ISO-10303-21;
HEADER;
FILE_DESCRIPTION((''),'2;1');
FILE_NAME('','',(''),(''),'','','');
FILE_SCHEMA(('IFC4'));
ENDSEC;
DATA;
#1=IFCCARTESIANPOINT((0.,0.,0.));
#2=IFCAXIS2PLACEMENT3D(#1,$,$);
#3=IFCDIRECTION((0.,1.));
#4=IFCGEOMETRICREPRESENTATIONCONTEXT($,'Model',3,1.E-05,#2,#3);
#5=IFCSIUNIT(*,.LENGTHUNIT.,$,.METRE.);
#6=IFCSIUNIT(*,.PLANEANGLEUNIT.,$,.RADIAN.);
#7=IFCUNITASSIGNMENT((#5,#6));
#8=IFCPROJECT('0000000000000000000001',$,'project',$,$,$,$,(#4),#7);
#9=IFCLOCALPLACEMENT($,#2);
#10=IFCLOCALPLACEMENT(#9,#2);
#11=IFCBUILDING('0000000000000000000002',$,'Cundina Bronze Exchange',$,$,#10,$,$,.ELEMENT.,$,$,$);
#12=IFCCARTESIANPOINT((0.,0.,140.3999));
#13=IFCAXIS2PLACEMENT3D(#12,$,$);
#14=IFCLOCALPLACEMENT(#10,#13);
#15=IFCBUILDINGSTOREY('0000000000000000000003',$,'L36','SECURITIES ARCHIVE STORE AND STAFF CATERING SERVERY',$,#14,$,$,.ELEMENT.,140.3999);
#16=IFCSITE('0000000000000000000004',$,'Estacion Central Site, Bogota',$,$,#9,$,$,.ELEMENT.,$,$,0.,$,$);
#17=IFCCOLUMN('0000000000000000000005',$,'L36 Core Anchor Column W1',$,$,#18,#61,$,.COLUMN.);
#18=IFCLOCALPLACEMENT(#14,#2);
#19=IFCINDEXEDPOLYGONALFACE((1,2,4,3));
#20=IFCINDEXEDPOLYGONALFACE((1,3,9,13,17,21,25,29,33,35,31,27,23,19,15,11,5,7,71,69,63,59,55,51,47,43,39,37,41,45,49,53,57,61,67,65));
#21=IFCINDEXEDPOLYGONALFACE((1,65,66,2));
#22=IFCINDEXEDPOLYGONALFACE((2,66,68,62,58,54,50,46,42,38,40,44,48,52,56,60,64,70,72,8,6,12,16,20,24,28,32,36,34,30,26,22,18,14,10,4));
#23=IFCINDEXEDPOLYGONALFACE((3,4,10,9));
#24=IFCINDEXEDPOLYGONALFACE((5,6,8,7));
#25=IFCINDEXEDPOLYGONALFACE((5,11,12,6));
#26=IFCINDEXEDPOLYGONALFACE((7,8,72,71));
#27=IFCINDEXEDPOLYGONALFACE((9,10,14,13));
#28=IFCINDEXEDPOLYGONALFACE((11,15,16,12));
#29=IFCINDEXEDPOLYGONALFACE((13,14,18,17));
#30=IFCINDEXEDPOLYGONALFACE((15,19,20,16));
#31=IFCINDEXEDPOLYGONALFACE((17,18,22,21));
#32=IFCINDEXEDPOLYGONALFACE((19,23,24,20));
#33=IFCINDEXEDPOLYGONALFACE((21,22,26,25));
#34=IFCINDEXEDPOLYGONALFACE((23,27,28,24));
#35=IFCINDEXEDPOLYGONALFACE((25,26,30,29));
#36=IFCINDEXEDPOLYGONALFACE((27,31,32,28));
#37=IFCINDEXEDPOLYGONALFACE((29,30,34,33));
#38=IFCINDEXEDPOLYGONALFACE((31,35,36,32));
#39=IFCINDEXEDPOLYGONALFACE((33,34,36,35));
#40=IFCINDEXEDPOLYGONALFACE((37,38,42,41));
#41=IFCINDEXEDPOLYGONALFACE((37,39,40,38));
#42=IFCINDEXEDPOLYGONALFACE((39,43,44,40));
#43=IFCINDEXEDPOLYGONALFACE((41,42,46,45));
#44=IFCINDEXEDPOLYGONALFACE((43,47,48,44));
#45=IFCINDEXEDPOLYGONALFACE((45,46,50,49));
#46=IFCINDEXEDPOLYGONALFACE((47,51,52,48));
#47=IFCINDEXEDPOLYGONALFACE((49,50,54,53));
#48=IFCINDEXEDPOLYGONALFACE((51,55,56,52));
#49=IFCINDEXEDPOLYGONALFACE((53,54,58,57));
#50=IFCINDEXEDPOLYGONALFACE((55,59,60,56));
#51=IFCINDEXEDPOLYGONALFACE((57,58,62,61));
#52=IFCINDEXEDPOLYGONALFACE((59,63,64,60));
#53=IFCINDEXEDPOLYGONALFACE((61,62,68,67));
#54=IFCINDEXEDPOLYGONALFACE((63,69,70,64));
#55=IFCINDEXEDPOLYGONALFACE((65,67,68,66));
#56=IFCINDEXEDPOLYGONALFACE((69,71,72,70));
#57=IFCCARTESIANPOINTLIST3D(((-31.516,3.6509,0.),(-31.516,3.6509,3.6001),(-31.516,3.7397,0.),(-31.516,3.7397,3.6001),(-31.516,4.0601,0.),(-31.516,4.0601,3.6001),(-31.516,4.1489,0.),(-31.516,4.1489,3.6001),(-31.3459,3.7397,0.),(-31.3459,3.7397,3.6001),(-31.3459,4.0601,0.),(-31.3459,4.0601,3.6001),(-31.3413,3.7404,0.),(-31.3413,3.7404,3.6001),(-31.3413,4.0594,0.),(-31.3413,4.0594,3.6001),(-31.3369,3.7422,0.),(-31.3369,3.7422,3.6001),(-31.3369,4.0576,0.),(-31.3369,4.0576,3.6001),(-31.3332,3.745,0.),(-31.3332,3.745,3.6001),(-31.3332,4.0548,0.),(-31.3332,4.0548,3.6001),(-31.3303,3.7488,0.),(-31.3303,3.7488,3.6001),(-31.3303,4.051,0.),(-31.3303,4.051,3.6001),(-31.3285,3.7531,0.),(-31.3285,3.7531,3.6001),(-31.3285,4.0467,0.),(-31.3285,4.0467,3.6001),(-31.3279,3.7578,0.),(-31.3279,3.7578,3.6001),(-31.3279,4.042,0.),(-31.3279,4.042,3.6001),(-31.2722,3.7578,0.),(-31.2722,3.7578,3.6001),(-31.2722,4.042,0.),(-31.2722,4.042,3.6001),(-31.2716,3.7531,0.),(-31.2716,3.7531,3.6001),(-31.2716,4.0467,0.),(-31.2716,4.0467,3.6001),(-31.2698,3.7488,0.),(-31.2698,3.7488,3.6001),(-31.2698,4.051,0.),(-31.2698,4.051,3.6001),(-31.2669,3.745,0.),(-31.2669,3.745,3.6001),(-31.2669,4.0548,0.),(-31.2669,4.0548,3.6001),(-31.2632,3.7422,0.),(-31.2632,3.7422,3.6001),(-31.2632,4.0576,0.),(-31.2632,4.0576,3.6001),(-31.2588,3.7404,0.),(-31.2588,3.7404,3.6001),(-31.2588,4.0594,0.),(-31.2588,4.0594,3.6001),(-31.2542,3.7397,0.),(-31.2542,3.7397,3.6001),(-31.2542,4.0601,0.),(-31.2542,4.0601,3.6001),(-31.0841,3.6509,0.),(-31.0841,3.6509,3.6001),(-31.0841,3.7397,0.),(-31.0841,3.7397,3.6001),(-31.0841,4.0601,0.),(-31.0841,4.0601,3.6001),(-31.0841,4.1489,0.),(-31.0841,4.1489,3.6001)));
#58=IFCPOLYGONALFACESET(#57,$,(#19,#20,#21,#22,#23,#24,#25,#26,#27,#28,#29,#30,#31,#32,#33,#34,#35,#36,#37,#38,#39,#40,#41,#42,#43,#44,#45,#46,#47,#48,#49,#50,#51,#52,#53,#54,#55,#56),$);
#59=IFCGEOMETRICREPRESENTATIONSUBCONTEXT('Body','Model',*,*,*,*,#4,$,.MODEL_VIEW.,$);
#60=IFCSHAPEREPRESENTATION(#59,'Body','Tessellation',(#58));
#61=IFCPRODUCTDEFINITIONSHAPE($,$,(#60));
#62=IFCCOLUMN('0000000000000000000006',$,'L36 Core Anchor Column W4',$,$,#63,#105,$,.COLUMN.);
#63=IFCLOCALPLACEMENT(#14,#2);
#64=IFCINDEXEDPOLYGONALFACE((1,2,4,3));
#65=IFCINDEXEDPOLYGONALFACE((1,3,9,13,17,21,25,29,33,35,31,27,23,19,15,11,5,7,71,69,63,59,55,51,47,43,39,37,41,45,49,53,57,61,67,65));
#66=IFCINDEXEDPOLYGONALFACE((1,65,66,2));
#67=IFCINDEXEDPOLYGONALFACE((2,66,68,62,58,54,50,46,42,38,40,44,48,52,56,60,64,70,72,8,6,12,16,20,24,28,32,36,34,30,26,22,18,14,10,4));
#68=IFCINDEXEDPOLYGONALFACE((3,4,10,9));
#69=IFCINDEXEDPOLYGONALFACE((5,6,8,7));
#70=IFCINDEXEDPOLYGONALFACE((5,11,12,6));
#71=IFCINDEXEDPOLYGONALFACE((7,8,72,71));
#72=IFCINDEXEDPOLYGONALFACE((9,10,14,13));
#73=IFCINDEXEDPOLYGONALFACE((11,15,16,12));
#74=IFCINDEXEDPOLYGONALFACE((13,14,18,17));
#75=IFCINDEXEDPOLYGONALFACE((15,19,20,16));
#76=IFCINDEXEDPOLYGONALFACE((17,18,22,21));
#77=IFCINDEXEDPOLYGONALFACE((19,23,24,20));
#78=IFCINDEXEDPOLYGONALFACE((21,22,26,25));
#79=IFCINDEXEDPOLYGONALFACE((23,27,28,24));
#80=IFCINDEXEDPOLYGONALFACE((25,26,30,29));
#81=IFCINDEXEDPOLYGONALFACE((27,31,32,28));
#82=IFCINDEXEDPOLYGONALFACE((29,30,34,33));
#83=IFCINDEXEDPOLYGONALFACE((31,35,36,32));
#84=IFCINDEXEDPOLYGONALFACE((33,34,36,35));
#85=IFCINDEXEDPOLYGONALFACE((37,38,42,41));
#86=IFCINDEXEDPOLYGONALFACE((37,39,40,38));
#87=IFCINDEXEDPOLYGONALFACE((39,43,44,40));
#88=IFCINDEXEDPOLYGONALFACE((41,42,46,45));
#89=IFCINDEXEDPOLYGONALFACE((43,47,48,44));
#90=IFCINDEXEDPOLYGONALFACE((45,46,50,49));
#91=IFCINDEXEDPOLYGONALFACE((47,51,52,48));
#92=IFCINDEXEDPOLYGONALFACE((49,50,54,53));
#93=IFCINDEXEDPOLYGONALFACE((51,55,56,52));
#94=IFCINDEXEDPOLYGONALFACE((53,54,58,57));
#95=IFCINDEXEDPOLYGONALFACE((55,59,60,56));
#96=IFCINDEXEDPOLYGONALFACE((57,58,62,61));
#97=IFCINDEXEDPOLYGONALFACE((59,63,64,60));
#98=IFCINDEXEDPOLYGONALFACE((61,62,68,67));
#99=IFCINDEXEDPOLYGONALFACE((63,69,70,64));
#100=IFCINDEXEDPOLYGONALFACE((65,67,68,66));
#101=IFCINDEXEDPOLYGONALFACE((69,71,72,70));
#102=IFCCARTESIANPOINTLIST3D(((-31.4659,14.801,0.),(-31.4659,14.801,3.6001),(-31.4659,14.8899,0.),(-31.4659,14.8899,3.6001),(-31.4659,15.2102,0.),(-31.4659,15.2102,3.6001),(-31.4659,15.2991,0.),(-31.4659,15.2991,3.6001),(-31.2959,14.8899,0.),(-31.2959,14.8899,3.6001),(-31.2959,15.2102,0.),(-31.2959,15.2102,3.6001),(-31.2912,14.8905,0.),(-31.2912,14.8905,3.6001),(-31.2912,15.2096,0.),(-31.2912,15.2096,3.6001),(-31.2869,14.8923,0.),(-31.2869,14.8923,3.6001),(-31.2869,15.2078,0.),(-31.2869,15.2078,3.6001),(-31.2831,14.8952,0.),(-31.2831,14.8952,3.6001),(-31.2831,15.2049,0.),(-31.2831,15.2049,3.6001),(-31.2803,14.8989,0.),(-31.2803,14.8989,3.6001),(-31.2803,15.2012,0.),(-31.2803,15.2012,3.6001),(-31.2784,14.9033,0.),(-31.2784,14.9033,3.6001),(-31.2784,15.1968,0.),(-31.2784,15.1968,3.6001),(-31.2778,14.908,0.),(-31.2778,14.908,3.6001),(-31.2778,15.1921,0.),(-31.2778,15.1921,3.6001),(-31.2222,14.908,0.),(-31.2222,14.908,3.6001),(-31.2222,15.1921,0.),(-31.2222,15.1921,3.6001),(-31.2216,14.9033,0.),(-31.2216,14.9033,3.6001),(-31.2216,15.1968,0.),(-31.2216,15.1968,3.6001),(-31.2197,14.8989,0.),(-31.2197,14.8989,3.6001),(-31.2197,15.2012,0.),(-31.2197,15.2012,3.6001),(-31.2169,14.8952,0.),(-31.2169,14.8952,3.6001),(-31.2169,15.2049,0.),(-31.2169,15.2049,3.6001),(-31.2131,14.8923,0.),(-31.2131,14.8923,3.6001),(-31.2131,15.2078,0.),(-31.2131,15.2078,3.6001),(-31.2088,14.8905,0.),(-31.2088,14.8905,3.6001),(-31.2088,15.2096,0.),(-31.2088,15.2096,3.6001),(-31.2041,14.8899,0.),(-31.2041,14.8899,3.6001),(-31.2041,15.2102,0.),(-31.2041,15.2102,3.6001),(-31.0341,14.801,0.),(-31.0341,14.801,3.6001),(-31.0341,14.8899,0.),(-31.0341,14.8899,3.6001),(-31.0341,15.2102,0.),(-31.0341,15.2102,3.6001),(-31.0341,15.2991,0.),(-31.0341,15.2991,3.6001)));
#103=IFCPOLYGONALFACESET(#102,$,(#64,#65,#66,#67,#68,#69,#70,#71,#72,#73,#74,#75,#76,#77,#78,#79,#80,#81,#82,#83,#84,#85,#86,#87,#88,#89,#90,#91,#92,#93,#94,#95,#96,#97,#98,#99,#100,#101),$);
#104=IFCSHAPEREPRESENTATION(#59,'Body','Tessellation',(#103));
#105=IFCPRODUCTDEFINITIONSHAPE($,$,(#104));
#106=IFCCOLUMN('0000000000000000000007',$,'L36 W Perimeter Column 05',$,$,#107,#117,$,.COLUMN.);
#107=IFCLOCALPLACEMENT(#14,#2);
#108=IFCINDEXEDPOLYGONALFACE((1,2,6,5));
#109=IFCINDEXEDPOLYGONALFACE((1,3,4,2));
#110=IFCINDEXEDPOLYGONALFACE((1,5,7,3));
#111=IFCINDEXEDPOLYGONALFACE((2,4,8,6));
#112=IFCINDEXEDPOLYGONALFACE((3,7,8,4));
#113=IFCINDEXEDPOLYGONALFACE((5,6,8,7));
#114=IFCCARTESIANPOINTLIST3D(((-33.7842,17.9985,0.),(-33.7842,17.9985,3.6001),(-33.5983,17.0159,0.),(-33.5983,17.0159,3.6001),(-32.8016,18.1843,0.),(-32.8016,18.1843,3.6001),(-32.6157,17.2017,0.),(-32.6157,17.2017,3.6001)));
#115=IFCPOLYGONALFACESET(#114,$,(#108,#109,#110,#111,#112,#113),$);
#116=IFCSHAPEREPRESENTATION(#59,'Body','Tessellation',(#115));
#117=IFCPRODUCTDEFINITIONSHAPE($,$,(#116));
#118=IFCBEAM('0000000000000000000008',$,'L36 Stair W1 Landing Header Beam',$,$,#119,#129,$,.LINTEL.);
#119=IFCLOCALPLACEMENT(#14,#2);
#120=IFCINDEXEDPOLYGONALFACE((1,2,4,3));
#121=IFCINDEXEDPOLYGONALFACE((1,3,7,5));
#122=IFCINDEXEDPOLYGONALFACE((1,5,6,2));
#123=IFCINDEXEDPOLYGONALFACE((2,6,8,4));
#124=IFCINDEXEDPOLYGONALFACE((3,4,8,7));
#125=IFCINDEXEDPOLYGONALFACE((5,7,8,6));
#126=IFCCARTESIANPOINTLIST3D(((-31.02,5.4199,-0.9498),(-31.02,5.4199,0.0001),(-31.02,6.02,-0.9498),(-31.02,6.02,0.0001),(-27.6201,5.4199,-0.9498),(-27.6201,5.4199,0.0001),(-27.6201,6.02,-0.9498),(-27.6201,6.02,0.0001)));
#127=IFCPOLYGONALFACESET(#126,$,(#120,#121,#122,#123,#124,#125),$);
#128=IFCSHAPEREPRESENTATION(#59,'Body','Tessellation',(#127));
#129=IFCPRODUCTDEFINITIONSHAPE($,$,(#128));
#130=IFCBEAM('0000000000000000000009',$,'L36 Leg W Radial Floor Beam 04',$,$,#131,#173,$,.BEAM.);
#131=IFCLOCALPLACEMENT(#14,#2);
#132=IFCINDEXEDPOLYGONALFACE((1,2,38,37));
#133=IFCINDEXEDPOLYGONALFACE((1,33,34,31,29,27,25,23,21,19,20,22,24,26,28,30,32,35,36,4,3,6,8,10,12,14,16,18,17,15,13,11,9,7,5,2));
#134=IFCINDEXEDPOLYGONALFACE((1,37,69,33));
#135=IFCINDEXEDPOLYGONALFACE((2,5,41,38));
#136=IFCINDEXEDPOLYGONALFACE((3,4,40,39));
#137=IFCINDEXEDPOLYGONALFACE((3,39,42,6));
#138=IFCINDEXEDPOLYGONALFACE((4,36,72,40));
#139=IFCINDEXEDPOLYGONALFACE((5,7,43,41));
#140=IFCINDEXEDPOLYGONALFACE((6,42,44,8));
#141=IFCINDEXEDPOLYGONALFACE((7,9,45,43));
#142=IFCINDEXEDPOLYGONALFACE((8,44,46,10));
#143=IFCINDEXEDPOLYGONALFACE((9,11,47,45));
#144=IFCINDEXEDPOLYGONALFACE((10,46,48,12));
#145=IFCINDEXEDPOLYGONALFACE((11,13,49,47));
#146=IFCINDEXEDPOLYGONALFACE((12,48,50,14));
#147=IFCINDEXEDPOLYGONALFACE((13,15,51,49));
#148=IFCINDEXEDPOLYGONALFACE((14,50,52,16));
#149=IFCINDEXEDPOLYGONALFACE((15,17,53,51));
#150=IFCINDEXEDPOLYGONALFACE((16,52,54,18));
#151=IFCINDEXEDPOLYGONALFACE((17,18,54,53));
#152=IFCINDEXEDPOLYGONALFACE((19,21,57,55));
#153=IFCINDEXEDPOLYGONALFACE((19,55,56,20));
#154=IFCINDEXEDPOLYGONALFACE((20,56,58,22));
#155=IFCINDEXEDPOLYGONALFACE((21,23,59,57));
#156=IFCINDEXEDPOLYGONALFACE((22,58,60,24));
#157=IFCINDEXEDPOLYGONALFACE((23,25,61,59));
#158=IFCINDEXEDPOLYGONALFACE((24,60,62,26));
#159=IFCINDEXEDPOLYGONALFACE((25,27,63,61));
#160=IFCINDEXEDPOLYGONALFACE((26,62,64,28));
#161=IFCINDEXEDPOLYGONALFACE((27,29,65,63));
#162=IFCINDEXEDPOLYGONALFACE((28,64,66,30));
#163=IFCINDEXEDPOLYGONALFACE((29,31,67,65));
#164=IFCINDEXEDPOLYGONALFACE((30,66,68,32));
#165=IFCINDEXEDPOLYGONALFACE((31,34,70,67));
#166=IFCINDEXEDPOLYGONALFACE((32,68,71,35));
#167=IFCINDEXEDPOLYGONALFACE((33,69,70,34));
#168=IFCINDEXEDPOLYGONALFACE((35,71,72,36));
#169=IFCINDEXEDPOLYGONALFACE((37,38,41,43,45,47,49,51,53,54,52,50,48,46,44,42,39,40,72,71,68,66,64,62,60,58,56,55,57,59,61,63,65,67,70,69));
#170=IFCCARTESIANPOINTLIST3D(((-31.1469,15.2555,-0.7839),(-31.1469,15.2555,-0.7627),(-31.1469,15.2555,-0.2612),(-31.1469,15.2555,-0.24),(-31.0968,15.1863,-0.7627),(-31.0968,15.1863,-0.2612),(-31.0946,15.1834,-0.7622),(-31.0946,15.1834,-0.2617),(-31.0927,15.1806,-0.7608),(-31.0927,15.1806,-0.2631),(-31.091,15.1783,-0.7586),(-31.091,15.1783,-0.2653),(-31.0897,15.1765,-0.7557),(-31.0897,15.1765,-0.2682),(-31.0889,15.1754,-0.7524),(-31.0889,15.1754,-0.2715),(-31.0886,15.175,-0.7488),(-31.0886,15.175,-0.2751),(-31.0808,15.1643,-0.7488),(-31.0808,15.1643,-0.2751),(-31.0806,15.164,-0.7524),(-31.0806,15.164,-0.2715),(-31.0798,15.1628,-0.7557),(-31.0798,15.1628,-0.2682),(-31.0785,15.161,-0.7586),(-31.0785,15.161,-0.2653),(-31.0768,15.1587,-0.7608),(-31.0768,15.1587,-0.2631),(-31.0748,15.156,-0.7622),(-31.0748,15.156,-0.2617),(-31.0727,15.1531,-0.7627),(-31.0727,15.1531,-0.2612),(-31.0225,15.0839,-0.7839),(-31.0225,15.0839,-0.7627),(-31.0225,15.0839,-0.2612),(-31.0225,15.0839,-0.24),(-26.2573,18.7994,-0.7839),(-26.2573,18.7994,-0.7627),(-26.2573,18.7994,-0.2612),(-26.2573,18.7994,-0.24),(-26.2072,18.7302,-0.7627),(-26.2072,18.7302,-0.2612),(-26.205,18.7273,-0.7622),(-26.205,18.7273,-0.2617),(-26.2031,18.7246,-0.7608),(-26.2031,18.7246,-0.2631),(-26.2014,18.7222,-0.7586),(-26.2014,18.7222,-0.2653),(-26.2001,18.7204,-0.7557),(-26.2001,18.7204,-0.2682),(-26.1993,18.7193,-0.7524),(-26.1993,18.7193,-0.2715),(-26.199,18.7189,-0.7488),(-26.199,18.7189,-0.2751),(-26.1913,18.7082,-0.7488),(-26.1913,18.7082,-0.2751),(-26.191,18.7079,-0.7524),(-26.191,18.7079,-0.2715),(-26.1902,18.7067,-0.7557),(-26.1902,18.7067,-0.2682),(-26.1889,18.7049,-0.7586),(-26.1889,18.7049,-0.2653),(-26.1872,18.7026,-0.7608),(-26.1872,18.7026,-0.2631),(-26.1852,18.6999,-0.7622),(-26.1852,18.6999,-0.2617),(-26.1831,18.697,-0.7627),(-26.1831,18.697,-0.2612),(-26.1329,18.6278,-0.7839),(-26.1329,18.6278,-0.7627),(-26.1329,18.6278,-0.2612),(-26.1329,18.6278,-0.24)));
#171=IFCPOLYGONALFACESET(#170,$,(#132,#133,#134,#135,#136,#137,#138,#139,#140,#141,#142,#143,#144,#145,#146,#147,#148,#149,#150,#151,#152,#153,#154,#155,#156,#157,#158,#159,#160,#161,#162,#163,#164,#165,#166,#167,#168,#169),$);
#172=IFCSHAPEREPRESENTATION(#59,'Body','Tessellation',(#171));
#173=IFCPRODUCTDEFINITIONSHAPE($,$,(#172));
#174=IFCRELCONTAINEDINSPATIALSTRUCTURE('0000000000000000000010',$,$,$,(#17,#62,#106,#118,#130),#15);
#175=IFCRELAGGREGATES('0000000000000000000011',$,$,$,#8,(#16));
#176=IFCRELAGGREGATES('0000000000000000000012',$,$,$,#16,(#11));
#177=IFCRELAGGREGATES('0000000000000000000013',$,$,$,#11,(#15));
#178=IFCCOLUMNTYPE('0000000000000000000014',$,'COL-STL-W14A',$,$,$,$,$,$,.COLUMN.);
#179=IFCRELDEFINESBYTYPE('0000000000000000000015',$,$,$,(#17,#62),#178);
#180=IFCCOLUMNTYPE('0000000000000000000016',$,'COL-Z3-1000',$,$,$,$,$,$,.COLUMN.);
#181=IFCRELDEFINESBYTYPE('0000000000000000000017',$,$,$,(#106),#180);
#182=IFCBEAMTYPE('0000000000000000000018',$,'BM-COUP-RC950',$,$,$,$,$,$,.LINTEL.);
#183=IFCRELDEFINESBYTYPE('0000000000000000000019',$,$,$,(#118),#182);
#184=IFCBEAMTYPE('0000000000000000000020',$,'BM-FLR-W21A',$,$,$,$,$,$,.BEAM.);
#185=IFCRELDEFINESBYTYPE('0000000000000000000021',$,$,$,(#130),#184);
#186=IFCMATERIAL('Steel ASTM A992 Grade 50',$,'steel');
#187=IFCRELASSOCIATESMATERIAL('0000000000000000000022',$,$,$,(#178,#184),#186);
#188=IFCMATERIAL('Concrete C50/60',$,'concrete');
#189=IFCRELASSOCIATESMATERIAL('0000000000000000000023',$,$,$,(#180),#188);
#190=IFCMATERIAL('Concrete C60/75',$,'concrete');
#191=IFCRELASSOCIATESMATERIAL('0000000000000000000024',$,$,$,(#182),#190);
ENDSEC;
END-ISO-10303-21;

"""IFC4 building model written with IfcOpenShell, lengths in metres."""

from ifc_helpers import new_model, si_unit, direction, frame, origin, origin_2d, place, context, subcontext, project, spatial, rectangle, i_section, extrude, material, material_profile, profile_set, type_object, element, save


model = new_model("IFC4")

# Units and contexts
model_context = context("Model", 3, precision=1e-05, world=origin(), true_north=direction((0.0, 1.0)))
body_context = subcontext(model_context, "Body", "Model", "MODEL_VIEW")
ifc_project = project(units=[si_unit("LENGTHUNIT", "METRE"), si_unit("PLANEANGLEUNIT", "RADIAN")], contexts=[model_context])

# Site, building, storey
site_placement = place(None, origin())
site = spatial("IfcSite", under=ifc_project, at=site_placement, Name="Estacion Central Site, Bogota", CompositionType="ELEMENT", RefElevation=0.0)
building_placement = place(site_placement, origin())
building = spatial("IfcBuilding", under=site, at=building_placement, Name="Cundina Bronze Exchange", CompositionType="ELEMENT")
storey_placement = place(building_placement, frame((0.0, 0.0, 140.3999)))
storey = spatial("IfcBuildingStorey", under=building, at=storey_placement, Name="L36", Description="SECURITIES ARCHIVE STORE AND STAFF CATERING SERVERY", CompositionType="ELEMENT", Elevation=140.3999)

# Columns
ifc_material_1 = material(Name="Steel ASTM A992 Grade 50", Category="steel")
ifc_material_profile_1 = material_profile(ifc_material_1, i_section(OverallWidth=0.4319, OverallDepth=0.498, WebThickness=0.0557, FlangeThickness=0.0889, FilletRadius=0.0181, at=origin_2d()), Name="W14X500", Category="steel")
ifc_profile_set_1 = profile_set([ifc_material_profile_1], Name="Steel ASTM A992 Grade 50")
column_type_1 = type_object("IfcColumnType", Name="COL-STL-W14A", PredefinedType="COLUMN", material=ifc_profile_set_1)
for number, where, z_axis, x_axis, name in (
    (1, (-31.3, 3.8999, 0.0), (0.0, 0.0, 1.0), (1.0, 0.0, 0.0), "L36 Core Anchor Column W1"),
    (2, (-31.25, 15.05, 0.0), (0.0, 0.0, 1.0), (1.0, 0.0, 0.0), "L36 Core Anchor Column W4"),
):
    element("IfcColumn", number, at=place(storey_placement, frame(where, z_axis=z_axis, x_axis=x_axis)), inside=storey, type_object=column_type_1, Name=name, PredefinedType="COLUMN", context=body_context, shape_type="SweptSolid", body=[
        extrude(i_section(OverallWidth=0.4319, OverallDepth=0.498, WebThickness=0.0557, FlangeThickness=0.0889, FilletRadius=0.0181, at=origin_2d()), origin(), (0.0, 0.0, 1.0), 3.6001),
    ])
ifc_material_2 = material(Name="Concrete C50/60", Category="concrete")
ifc_material_profile_2 = material_profile(ifc_material_2, rectangle(XDim=1.0, YDim=1.0, at=origin_2d()), Name="RC1000X1000", Category="concrete")
ifc_profile_set_2 = profile_set([ifc_material_profile_2], Name="Concrete C50/60")
column_type_2 = type_object("IfcColumnType", Name="COL-Z3-1000", PredefinedType="COLUMN", material=ifc_profile_set_2)
column_placement = place(storey_placement, frame((-33.2, 17.6001, 0.0), z_axis=(0.0, 0.0, 1.0), x_axis=(-0.98258, -0.185838, 0.0)))
element("IfcColumn", 3, at=column_placement, inside=storey, type_object=column_type_2, Name="L36 W Perimeter Column 05", PredefinedType="COLUMN", context=body_context, shape_type="SweptSolid", body=[
    extrude(rectangle(XDim=1.0, YDim=1.0, at=origin_2d()), origin(), (0.0, 0.0, 1.0), 3.6001),
])

# Beams
ifc_material_3 = material(Name="Concrete C60/75", Category="concrete")
ifc_material_profile_3 = material_profile(ifc_material_3, rectangle(XDim=0.6001, YDim=0.95, at=origin_2d()), Name="RC600X950", Category="concrete")
ifc_profile_set_3 = profile_set([ifc_material_profile_3], Name="Concrete C60/75")
beam_type_1 = type_object("IfcBeamType", Name="BM-COUP-RC950", PredefinedType="LINTEL", material=ifc_profile_set_3)
beam_1_placement = place(storey_placement, frame((-31.02, 5.72, -0.4749), z_axis=(1.0, 0.0, 0.0), x_axis=(0.0, 1.0, 0.0)))
element("IfcBeam", 4, at=beam_1_placement, inside=storey, type_object=beam_type_1, Name="L36 Stair W1 Landing Header Beam", PredefinedType="LINTEL", context=body_context, shape_type="SweptSolid", body=[
    extrude(rectangle(XDim=0.6001, YDim=0.95, at=origin_2d()), origin(), (0.0, 0.0, 1.0), 3.3999),
])
ifc_material_profile_4 = material_profile(ifc_material_1, i_section(OverallWidth=0.2119, OverallDepth=0.5439, WebThickness=0.0132, FlangeThickness=0.0212, FilletRadius=0.0139, at=origin_2d()), Name="W21X83", Category="steel")
ifc_profile_set_4 = profile_set([ifc_material_profile_4], Name="Steel ASTM A992 Grade 50")
beam_type_2 = type_object("IfcBeamType", Name="BM-FLR-W21A", PredefinedType="BEAM", material=ifc_profile_set_4)
beam_2_placement = place(storey_placement, frame((-31.0847, 15.1697, -0.512), z_axis=(0.809693, 0.586854, 0.0), x_axis=(-0.586854, 0.809693, 0.0)))
element("IfcBeam", 5, at=beam_2_placement, inside=storey, type_object=beam_type_2, Name="L36 Leg W Radial Floor Beam 04", PredefinedType="BEAM", context=body_context, shape_type="SweptSolid", body=[
    extrude(i_section(OverallWidth=0.2119, OverallDepth=0.5439, WebThickness=0.0132, FlangeThickness=0.0212, FilletRadius=0.0139, at=origin_2d()), origin(), (0.0, 0.0, 1.0), 6.0388),
])

save(model, "model.ifc")
